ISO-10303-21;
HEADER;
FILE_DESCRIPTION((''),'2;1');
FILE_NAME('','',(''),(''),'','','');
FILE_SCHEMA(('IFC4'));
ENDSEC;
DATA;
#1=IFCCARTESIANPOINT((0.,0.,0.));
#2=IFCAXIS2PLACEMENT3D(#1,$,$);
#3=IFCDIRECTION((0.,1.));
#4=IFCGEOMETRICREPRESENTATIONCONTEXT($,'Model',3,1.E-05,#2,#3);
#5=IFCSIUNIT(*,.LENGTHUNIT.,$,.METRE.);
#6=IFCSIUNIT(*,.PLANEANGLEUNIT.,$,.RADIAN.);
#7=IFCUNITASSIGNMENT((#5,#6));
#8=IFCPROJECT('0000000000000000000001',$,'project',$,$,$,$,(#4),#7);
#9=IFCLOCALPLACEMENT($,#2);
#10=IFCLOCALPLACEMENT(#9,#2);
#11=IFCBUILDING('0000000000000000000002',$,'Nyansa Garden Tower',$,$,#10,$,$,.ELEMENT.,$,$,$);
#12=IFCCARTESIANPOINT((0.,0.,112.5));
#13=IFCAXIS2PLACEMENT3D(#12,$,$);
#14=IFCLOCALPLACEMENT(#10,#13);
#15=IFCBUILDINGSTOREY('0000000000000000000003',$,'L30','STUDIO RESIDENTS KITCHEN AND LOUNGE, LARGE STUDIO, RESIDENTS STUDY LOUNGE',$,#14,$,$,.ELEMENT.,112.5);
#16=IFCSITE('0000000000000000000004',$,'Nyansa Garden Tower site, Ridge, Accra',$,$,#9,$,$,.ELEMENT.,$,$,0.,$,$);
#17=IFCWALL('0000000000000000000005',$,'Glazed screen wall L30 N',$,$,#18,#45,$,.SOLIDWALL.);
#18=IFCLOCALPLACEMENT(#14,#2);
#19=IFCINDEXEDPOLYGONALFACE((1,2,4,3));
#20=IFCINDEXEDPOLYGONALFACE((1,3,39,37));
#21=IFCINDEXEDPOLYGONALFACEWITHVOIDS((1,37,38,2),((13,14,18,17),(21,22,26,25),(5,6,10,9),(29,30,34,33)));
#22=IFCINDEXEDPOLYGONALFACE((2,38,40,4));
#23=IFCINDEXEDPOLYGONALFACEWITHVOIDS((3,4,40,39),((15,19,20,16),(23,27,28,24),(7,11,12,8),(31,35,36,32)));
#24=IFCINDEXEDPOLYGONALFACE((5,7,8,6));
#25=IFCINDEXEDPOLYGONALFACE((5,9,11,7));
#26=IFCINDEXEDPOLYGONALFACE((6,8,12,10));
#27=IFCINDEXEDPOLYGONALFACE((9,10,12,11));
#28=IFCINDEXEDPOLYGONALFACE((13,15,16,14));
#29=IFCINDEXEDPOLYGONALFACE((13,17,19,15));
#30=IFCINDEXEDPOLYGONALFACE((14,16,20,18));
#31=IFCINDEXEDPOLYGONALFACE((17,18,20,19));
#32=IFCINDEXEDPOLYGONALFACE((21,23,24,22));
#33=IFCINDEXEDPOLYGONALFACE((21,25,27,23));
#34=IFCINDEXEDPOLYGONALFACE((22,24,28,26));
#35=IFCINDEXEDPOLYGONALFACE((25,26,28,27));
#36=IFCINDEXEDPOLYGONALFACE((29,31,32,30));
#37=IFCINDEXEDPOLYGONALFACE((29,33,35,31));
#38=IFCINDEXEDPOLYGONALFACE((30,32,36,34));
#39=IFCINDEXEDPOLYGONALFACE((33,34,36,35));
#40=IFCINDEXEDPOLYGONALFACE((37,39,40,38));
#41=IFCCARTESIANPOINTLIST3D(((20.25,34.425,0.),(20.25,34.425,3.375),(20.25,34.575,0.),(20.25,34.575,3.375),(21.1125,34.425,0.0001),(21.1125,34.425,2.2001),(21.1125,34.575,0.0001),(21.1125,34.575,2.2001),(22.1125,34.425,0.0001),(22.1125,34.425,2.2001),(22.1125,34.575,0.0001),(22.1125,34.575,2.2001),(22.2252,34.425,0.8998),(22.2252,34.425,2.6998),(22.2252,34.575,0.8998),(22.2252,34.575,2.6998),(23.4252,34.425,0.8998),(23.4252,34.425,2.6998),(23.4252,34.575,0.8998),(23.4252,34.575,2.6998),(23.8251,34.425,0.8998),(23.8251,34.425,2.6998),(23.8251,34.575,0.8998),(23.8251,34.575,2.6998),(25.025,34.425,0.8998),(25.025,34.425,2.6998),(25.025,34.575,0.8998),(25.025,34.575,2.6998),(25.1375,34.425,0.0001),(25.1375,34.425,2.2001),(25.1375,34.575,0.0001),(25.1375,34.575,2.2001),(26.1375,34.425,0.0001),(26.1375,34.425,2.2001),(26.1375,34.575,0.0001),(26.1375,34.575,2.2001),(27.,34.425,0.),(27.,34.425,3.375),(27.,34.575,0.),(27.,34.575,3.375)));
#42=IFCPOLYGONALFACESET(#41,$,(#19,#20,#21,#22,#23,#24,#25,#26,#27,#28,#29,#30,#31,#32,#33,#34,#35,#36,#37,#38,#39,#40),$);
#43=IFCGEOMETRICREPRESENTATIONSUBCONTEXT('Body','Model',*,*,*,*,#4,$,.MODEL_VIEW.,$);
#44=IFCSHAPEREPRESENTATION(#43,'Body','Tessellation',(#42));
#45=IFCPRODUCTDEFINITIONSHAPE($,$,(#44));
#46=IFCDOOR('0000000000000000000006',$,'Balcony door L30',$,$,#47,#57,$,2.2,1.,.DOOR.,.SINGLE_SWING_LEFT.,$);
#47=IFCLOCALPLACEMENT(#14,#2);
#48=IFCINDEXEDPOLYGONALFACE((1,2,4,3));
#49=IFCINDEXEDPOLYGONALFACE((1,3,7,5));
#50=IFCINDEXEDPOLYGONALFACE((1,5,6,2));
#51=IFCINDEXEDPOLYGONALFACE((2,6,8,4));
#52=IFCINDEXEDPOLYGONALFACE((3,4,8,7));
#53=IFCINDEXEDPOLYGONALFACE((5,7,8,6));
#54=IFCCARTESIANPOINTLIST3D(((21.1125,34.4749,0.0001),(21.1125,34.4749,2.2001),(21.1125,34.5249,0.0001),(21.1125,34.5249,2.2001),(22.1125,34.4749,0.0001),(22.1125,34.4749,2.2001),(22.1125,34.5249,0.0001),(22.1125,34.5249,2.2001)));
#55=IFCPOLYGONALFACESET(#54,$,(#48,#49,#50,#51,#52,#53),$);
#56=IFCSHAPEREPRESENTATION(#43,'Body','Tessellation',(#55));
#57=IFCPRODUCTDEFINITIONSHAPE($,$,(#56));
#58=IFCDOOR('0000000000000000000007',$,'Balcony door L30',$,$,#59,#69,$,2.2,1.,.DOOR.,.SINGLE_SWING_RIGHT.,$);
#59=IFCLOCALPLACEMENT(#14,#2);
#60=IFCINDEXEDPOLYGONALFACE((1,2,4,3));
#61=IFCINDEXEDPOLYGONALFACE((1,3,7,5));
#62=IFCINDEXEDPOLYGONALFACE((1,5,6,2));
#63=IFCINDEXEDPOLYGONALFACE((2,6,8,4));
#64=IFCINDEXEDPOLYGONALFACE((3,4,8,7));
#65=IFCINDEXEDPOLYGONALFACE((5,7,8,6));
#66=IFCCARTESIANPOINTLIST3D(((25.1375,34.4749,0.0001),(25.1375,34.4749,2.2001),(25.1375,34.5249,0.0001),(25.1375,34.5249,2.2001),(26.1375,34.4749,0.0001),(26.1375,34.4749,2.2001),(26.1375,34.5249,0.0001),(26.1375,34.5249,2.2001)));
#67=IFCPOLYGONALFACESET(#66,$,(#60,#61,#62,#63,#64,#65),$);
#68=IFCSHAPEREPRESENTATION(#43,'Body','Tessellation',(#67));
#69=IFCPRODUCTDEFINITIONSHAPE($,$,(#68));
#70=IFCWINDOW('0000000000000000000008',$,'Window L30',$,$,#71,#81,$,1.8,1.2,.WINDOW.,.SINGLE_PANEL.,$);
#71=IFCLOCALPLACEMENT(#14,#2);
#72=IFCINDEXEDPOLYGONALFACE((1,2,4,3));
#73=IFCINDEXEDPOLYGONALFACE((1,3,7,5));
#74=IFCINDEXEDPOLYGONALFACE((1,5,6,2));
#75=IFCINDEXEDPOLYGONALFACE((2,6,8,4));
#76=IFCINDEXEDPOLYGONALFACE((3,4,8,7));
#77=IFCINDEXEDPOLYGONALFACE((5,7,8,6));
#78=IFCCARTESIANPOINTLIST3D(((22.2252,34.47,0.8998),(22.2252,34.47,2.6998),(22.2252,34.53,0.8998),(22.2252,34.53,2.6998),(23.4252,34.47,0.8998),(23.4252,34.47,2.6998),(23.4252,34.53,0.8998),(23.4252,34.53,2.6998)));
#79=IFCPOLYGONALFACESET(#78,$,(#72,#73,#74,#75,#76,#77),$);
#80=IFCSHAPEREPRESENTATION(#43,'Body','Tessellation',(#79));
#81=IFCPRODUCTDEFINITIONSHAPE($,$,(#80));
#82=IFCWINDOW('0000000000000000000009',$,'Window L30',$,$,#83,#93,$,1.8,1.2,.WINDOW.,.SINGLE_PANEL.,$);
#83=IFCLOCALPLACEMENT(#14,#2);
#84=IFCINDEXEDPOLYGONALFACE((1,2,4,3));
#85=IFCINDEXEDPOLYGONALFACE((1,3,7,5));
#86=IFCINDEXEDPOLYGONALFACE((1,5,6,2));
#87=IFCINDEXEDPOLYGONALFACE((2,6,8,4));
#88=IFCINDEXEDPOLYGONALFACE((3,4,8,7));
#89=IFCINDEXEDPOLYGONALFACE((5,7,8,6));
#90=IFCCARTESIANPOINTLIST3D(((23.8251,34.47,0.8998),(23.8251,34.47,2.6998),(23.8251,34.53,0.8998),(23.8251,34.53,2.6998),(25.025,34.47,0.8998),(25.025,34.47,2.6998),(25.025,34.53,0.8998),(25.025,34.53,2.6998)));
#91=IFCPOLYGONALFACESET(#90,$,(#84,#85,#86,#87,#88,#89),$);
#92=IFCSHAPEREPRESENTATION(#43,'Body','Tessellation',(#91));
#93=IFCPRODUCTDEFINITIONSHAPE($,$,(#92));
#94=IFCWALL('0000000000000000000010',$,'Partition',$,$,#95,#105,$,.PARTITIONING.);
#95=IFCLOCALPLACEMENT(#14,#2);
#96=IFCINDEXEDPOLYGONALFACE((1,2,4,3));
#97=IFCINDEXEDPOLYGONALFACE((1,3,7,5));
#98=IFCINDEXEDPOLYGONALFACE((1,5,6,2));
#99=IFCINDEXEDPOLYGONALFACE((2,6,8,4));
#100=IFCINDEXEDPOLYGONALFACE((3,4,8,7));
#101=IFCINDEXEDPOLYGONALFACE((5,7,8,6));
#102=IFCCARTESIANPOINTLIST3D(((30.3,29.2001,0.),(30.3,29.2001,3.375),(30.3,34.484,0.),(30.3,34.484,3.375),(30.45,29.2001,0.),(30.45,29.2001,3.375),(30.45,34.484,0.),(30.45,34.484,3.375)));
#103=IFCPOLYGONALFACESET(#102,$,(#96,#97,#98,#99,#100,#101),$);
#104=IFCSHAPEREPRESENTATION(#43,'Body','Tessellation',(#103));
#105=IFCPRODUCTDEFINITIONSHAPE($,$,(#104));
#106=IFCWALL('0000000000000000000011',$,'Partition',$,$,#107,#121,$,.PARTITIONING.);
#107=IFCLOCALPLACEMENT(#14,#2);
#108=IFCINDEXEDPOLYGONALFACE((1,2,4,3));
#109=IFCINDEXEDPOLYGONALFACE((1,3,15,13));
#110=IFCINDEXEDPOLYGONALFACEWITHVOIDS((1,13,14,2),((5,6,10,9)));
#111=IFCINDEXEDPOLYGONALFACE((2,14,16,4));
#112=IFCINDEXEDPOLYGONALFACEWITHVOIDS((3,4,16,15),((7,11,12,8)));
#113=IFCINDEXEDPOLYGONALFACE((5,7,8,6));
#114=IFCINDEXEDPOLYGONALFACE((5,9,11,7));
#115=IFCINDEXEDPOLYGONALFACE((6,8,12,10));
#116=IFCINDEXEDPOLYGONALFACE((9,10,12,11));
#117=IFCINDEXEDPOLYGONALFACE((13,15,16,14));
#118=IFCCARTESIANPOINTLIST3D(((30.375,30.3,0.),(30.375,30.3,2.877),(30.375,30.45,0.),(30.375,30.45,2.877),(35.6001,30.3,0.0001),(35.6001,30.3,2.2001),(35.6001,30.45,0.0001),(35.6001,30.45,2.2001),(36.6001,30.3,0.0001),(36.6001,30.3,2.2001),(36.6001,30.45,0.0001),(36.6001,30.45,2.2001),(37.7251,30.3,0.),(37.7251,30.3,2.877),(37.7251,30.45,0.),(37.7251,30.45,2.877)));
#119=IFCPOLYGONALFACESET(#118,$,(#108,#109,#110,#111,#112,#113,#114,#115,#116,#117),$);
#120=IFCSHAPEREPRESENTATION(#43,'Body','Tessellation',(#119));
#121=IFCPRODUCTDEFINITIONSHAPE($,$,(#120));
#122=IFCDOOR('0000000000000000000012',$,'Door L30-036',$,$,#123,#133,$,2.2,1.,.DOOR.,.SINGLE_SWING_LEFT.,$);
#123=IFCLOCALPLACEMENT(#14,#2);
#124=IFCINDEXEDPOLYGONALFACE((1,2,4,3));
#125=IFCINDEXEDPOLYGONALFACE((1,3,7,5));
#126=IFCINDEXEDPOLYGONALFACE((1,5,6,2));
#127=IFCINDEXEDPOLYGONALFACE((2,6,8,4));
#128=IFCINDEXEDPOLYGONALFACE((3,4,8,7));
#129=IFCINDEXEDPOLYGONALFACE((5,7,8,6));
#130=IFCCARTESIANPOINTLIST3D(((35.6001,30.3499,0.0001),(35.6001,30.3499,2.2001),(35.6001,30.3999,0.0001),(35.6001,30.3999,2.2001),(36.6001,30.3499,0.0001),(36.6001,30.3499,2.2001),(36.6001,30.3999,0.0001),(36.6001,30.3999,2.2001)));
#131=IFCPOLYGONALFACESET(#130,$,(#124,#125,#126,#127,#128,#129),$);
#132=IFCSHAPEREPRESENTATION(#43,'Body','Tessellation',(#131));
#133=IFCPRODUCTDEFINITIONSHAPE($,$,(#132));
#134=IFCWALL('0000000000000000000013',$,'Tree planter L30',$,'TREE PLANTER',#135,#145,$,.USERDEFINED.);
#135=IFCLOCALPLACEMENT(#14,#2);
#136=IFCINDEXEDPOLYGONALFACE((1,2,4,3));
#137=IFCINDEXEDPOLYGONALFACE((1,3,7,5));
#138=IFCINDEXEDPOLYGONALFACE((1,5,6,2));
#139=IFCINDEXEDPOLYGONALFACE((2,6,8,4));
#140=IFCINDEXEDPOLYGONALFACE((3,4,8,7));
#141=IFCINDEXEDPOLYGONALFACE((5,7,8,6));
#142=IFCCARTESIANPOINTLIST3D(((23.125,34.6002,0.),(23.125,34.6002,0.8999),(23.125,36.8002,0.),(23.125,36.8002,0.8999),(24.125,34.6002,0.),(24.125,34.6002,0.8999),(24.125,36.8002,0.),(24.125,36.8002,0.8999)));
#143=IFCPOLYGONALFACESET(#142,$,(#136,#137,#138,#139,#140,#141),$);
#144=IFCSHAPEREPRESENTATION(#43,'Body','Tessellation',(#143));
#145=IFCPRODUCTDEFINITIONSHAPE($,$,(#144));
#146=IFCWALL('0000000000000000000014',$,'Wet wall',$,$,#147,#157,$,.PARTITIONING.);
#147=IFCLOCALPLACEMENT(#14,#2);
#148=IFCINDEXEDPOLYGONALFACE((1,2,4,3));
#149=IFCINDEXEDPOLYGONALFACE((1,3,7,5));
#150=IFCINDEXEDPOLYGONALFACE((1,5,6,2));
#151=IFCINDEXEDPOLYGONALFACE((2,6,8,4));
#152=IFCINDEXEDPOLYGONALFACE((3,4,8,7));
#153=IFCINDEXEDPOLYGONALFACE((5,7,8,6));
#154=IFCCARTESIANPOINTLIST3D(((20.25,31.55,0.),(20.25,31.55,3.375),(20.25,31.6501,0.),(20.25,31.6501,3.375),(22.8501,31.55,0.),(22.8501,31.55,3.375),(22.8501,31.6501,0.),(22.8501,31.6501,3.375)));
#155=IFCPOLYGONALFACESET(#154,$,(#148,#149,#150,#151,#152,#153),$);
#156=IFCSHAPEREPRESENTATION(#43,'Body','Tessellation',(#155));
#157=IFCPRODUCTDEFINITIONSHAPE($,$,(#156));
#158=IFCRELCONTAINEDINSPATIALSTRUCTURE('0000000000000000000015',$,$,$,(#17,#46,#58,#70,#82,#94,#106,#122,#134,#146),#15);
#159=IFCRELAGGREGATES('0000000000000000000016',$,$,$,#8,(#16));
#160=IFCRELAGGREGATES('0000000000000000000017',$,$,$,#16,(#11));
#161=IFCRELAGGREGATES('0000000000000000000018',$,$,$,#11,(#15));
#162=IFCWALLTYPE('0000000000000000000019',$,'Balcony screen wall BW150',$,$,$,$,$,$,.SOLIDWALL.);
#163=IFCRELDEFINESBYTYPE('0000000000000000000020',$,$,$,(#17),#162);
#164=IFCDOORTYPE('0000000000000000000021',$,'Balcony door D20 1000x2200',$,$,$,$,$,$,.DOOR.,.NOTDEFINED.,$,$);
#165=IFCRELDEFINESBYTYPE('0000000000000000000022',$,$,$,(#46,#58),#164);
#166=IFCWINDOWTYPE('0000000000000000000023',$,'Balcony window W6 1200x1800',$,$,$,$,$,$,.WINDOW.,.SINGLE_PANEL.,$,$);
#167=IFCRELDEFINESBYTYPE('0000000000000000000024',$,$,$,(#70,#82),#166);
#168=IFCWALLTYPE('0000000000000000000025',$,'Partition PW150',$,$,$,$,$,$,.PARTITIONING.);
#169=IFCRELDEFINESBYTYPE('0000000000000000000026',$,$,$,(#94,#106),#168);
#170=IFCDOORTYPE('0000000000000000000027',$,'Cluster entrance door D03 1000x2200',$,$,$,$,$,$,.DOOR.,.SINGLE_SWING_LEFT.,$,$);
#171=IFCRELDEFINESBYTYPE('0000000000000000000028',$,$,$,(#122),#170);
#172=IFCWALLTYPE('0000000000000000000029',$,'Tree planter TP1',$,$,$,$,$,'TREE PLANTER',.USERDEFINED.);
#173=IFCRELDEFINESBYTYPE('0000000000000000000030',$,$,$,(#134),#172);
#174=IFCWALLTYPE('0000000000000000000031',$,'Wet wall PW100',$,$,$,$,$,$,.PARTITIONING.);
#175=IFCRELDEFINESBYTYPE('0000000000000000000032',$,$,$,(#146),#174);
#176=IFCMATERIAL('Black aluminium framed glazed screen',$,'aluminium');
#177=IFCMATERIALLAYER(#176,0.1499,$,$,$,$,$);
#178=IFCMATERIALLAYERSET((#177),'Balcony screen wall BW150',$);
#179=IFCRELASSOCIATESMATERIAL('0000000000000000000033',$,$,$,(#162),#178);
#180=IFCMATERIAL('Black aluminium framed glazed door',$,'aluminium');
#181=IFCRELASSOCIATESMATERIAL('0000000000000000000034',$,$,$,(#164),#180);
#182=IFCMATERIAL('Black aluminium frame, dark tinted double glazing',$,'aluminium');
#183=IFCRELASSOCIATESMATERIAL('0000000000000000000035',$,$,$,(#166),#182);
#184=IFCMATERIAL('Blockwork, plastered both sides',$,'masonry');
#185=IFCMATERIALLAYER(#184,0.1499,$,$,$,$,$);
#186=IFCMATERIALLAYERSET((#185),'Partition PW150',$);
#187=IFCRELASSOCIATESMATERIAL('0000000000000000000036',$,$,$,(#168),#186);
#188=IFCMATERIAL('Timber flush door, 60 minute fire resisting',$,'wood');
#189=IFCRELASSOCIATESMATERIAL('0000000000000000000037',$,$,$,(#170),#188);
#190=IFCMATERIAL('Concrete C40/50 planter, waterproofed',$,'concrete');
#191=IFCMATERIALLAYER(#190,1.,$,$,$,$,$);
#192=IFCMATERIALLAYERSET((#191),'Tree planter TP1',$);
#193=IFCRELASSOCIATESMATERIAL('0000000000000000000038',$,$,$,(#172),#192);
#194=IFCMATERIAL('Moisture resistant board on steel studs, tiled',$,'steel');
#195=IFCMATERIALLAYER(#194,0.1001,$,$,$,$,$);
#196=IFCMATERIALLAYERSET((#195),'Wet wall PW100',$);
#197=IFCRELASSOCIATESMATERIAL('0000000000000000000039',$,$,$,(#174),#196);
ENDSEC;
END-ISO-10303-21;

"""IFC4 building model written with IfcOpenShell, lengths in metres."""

from ifc_helpers import new_model, si_unit, direction, frame, frame_2d, origin, place, context, subcontext, project, spatial, rectangle, extrude, material, layer, layer_set, type_object, element, fill, save


model = new_model("IFC4")

# Units and contexts
model_context = context("Model", 3, precision=1e-05, world=origin(), true_north=direction((0.0, 1.0)))
body_context = subcontext(model_context, "Body", "Model", "MODEL_VIEW")
ifc_project = project(units=[si_unit("LENGTHUNIT", "METRE"), si_unit("PLANEANGLEUNIT", "RADIAN")], contexts=[model_context])

# Site, building, storey
site_placement = place(None, origin())
site = spatial("IfcSite", under=ifc_project, at=site_placement, Name="Nyansa Garden Tower site, Ridge, Accra", CompositionType="ELEMENT", RefElevation=0.0)
building_placement = place(site_placement, origin())
building = spatial("IfcBuilding", under=site, at=building_placement, Name="Nyansa Garden Tower", CompositionType="ELEMENT")
storey_placement = place(building_placement, frame((0.0, 0.0, 112.5)))
storey = spatial("IfcBuildingStorey", under=building, at=storey_placement, Name="L30", Description="STUDIO RESIDENTS KITCHEN AND LOUNGE, LARGE STUDIO, RESIDENTS STUDY LOUNGE", CompositionType="ELEMENT", Elevation=112.5)

# Wall, openings, doors, windows
ifc_material_1 = material(Name="Black aluminium framed glazed screen", Category="aluminium")
ifc_layer_1 = layer(ifc_material_1, 0.1499)
ifc_layer_set_1 = layer_set([ifc_layer_1], Name="Balcony screen wall BW150")
wall_type_1 = type_object("IfcWallType", Name="Balcony screen wall BW150", PredefinedType="SOLIDWALL", material=ifc_layer_set_1)
wall_1_placement = place(storey_placement, frame((20.25, 34.5, 0.0), z_axis=(0.0, 0.0, 1.0), x_axis=(1.0, 0.0, 0.0)))
wall_1 = element("IfcWall", 1, at=wall_1_placement, inside=storey, type_object=wall_type_1, Name="Glazed screen wall L30 N", PredefinedType="SOLIDWALL", context=body_context, shape_type="SweptSolid", body=[
    extrude(rectangle(XDim=6.75, YDim=0.1499, at=frame_2d((3.375, 0.0))), origin(), (0.0, 0.0, 1.0), 3.375),
])
opening_1_placement = place(wall_1_placement, frame((0.8625, 0.0, 0.0)))
opening_1 = element("IfcOpeningElement", 2, at=opening_1_placement, cuts=wall_1, PredefinedType="OPENING", context=body_context, shape_type="SweptSolid", body=[
    extrude(rectangle(XDim=1.0, YDim=2.2, at=frame_2d((0.5, 1.1001))), frame((0.0, 0.085, 0.0), z_axis=(0.0, -1.0, 0.0), x_axis=(1.0, 0.0, 0.0)), (0.0, 0.0, 1.0), 0.1699),
])
opening_2_placement = place(wall_1_placement, frame((1.9751, 0.0, 0.8999)))
opening_2 = element("IfcOpeningElement", 3, at=opening_2_placement, cuts=wall_1, PredefinedType="OPENING", context=body_context, shape_type="SweptSolid", body=[
    extrude(rectangle(XDim=1.2, YDim=1.8, at=frame_2d((0.6001, 0.8999))), frame((0.0, 0.085, 0.0), z_axis=(0.0, -1.0, 0.0), x_axis=(1.0, 0.0, 0.0)), (0.0, 0.0, 1.0), 0.1699),
])
opening_3_placement = place(wall_1_placement, frame((4.8875, 0.0, 0.0)))
opening_3 = element("IfcOpeningElement", 4, at=opening_3_placement, cuts=wall_1, PredefinedType="OPENING", context=body_context, shape_type="SweptSolid", body=[
    extrude(rectangle(XDim=1.0, YDim=2.2, at=frame_2d((0.5, 1.1001))), frame((0.0, 0.085, 0.0), z_axis=(0.0, -1.0, 0.0), x_axis=(1.0, 0.0, 0.0)), (0.0, 0.0, 1.0), 0.1699),
])
opening_4_placement = place(wall_1_placement, frame((3.575, 0.0, 0.8999)))
opening_4 = element("IfcOpeningElement", 5, at=opening_4_placement, cuts=wall_1, PredefinedType="OPENING", context=body_context, shape_type="SweptSolid", body=[
    extrude(rectangle(XDim=1.2, YDim=1.8, at=frame_2d((0.6001, 0.8999))), frame((0.0, 0.085, 0.0), z_axis=(0.0, -1.0, 0.0), x_axis=(1.0, 0.0, 0.0)), (0.0, 0.0, 1.0), 0.1699),
])
ifc_material_2 = material(Name="Black aluminium framed glazed door", Category="aluminium")
door_type_1 = type_object("IfcDoorType", Name="Balcony door D20 1000x2200", OperationType="NOTDEFINED", PredefinedType="DOOR", material=ifc_material_2)
door_1_placement = place(opening_1_placement, origin())
door_1 = element("IfcDoor", 6, at=door_1_placement, inside=storey, type_object=door_type_1, Name="Balcony door L30", OperationType="SINGLE_SWING_LEFT", OverallHeight=2.2, OverallWidth=1.0, PredefinedType="DOOR", context=body_context, shape_type="SweptSolid", body=[
    extrude(rectangle(XDim=1.0, YDim=2.2, at=frame_2d((0.5, 1.1001))), frame((0.0, 0.0249, 0.0), z_axis=(0.0, -1.0, 0.0), x_axis=(1.0, 0.0, 0.0)), (0.0, 0.0, 1.0), 0.05),
])
fill(opening_1, door_1)
door_2_placement = place(opening_3_placement, origin())
door_2 = element("IfcDoor", 7, at=door_2_placement, inside=storey, type_object=door_type_1, Name="Balcony door L30", OperationType="SINGLE_SWING_RIGHT", OverallHeight=2.2, OverallWidth=1.0, PredefinedType="DOOR", context=body_context, shape_type="SweptSolid", body=[
    extrude(rectangle(XDim=1.0, YDim=2.2, at=frame_2d((0.5, 1.1001))), frame((0.0, 0.0249, 0.0), z_axis=(0.0, -1.0, 0.0), x_axis=(1.0, 0.0, 0.0)), (0.0, 0.0, 1.0), 0.05),
])
fill(opening_3, door_2)
ifc_material_3 = material(Name="Black aluminium frame, dark tinted double glazing", Category="aluminium")
window_type = type_object("IfcWindowType", Name="Balcony window W6 1200x1800", PartitioningType="SINGLE_PANEL", PredefinedType="WINDOW", material=ifc_material_3)
window_1_placement = place(opening_2_placement, origin())
window_1 = element("IfcWindow", 8, at=window_1_placement, inside=storey, type_object=window_type, Name="Window L30", OverallHeight=1.8, OverallWidth=1.2, PartitioningType="SINGLE_PANEL", PredefinedType="WINDOW", context=body_context, shape_type="SweptSolid", body=[
    extrude(rectangle(XDim=1.2, YDim=1.8, at=frame_2d((0.6001, 0.8999))), frame((0.0, 0.03, 0.0), z_axis=(0.0, -1.0, 0.0), x_axis=(1.0, 0.0, 0.0)), (0.0, 0.0, 1.0), 0.0601),
])
fill(opening_2, window_1)
window_2_placement = place(opening_4_placement, origin())
window_2 = element("IfcWindow", 9, at=window_2_placement, inside=storey, type_object=window_type, Name="Window L30", OverallHeight=1.8, OverallWidth=1.2, PartitioningType="SINGLE_PANEL", PredefinedType="WINDOW", context=body_context, shape_type="SweptSolid", body=[
    extrude(rectangle(XDim=1.2, YDim=1.8, at=frame_2d((0.6001, 0.8999))), frame((0.0, 0.03, 0.0), z_axis=(0.0, -1.0, 0.0), x_axis=(1.0, 0.0, 0.0)), (0.0, 0.0, 1.0), 0.0601),
])
fill(opening_4, window_2)

# Wall
ifc_material_4 = material(Name="Blockwork, plastered both sides", Category="masonry")
ifc_layer_2 = layer(ifc_material_4, 0.1499)
ifc_layer_set_2 = layer_set([ifc_layer_2], Name="Partition PW150")
wall_type_2 = type_object("IfcWallType", Name="Partition PW150", PredefinedType="PARTITIONING", material=ifc_layer_set_2)
wall_2_placement = place(storey_placement, frame((30.375, 29.2, 0.0), z_axis=(0.0, 0.0, 1.0), x_axis=(0.0, 1.0, 0.0)))
element("IfcWall", 10, at=wall_2_placement, inside=storey, type_object=wall_type_2, Name="Partition", PredefinedType="PARTITIONING", context=body_context, shape_type="SweptSolid", body=[
    extrude(rectangle(XDim=5.2839, YDim=0.1499, at=frame_2d((2.6421, 0.0))), origin(), (0.0, 0.0, 1.0), 3.375),
])

# Wall, opening, door
wall_3_placement = place(storey_placement, frame((30.375, 30.375, 0.0), z_axis=(0.0, 0.0, 1.0), x_axis=(1.0, 0.0, 0.0)))
wall_3 = element("IfcWall", 11, at=wall_3_placement, inside=storey, type_object=wall_type_2, Name="Partition", PredefinedType="PARTITIONING", context=body_context, shape_type="SweptSolid", body=[
    extrude(rectangle(XDim=7.3501, YDim=0.1499, at=frame_2d((3.675, 0.0))), origin(), (0.0, 0.0, 1.0), 2.877),
])
opening_5_placement = place(wall_3_placement, frame((5.2251, 0.0, 0.0)))
opening_5 = element("IfcOpeningElement", 12, at=opening_5_placement, cuts=wall_3, PredefinedType="OPENING", context=body_context, shape_type="SweptSolid", body=[
    extrude(rectangle(XDim=1.0, YDim=2.2, at=frame_2d((0.5, 1.1001))), frame((0.0, 0.085, 0.0), z_axis=(0.0, -1.0, 0.0), x_axis=(1.0, 0.0, 0.0)), (0.0, 0.0, 1.0), 0.1699),
])
ifc_material_5 = material(Name="Timber flush door, 60 minute fire resisting", Category="wood")
door_type_2 = type_object("IfcDoorType", Name="Cluster entrance door D03 1000x2200", OperationType="SINGLE_SWING_LEFT", PredefinedType="DOOR", material=ifc_material_5)
door_3_placement = place(opening_5_placement, origin())
door_3 = element("IfcDoor", 13, at=door_3_placement, inside=storey, type_object=door_type_2, Name="Door L30-036", OperationType="SINGLE_SWING_LEFT", OverallHeight=2.2, OverallWidth=1.0, PredefinedType="DOOR", context=body_context, shape_type="SweptSolid", body=[
    extrude(rectangle(XDim=1.0, YDim=2.2, at=frame_2d((0.5, 1.1001))), frame((0.0, 0.0249, 0.0), z_axis=(0.0, -1.0, 0.0), x_axis=(1.0, 0.0, 0.0)), (0.0, 0.0, 1.0), 0.05),
])
fill(opening_5, door_3)

# Walls
ifc_material_6 = material(Name="Concrete C40/50 planter, waterproofed", Category="concrete")
ifc_layer_3 = layer(ifc_material_6, 1.0)
ifc_layer_set_3 = layer_set([ifc_layer_3], Name="Tree planter TP1")
wall_type_3 = type_object("IfcWallType", Name="Tree planter TP1", ElementType="TREE PLANTER", PredefinedType="USERDEFINED", material=ifc_layer_set_3)
wall_4_placement = place(storey_placement, frame((23.625, 34.6001, 0.0), z_axis=(0.0, 0.0, 1.0), x_axis=(0.0, 1.0, 0.0)))
element("IfcWall", 14, at=wall_4_placement, inside=storey, type_object=wall_type_3, Name="Tree planter L30", ObjectType="TREE PLANTER", PredefinedType="USERDEFINED", context=body_context, shape_type="SweptSolid", body=[
    extrude(rectangle(XDim=2.2, YDim=1.0, at=frame_2d((1.1001, 0.0))), origin(), (0.0, 0.0, 1.0), 0.8999),
])
ifc_material_7 = material(Name="Moisture resistant board on steel studs, tiled", Category="steel")
ifc_layer_4 = layer(ifc_material_7, 0.1001)
ifc_layer_set_4 = layer_set([ifc_layer_4], Name="Wet wall PW100")
wall_type_4 = type_object("IfcWallType", Name="Wet wall PW100", PredefinedType="PARTITIONING", material=ifc_layer_set_4)
wall_5_placement = place(storey_placement, frame((20.25, 31.6001, 0.0), z_axis=(0.0, 0.0, 1.0), x_axis=(1.0, 0.0, 0.0)))
element("IfcWall", 15, at=wall_5_placement, inside=storey, type_object=wall_type_4, Name="Wet wall", PredefinedType="PARTITIONING", context=body_context, shape_type="SweptSolid", body=[
    extrude(rectangle(XDim=2.6001, YDim=0.1001, at=frame_2d((1.3, 0.0))), origin(), (0.0, 0.0, 1.0), 3.375),
])

save(model, "model.ifc")
